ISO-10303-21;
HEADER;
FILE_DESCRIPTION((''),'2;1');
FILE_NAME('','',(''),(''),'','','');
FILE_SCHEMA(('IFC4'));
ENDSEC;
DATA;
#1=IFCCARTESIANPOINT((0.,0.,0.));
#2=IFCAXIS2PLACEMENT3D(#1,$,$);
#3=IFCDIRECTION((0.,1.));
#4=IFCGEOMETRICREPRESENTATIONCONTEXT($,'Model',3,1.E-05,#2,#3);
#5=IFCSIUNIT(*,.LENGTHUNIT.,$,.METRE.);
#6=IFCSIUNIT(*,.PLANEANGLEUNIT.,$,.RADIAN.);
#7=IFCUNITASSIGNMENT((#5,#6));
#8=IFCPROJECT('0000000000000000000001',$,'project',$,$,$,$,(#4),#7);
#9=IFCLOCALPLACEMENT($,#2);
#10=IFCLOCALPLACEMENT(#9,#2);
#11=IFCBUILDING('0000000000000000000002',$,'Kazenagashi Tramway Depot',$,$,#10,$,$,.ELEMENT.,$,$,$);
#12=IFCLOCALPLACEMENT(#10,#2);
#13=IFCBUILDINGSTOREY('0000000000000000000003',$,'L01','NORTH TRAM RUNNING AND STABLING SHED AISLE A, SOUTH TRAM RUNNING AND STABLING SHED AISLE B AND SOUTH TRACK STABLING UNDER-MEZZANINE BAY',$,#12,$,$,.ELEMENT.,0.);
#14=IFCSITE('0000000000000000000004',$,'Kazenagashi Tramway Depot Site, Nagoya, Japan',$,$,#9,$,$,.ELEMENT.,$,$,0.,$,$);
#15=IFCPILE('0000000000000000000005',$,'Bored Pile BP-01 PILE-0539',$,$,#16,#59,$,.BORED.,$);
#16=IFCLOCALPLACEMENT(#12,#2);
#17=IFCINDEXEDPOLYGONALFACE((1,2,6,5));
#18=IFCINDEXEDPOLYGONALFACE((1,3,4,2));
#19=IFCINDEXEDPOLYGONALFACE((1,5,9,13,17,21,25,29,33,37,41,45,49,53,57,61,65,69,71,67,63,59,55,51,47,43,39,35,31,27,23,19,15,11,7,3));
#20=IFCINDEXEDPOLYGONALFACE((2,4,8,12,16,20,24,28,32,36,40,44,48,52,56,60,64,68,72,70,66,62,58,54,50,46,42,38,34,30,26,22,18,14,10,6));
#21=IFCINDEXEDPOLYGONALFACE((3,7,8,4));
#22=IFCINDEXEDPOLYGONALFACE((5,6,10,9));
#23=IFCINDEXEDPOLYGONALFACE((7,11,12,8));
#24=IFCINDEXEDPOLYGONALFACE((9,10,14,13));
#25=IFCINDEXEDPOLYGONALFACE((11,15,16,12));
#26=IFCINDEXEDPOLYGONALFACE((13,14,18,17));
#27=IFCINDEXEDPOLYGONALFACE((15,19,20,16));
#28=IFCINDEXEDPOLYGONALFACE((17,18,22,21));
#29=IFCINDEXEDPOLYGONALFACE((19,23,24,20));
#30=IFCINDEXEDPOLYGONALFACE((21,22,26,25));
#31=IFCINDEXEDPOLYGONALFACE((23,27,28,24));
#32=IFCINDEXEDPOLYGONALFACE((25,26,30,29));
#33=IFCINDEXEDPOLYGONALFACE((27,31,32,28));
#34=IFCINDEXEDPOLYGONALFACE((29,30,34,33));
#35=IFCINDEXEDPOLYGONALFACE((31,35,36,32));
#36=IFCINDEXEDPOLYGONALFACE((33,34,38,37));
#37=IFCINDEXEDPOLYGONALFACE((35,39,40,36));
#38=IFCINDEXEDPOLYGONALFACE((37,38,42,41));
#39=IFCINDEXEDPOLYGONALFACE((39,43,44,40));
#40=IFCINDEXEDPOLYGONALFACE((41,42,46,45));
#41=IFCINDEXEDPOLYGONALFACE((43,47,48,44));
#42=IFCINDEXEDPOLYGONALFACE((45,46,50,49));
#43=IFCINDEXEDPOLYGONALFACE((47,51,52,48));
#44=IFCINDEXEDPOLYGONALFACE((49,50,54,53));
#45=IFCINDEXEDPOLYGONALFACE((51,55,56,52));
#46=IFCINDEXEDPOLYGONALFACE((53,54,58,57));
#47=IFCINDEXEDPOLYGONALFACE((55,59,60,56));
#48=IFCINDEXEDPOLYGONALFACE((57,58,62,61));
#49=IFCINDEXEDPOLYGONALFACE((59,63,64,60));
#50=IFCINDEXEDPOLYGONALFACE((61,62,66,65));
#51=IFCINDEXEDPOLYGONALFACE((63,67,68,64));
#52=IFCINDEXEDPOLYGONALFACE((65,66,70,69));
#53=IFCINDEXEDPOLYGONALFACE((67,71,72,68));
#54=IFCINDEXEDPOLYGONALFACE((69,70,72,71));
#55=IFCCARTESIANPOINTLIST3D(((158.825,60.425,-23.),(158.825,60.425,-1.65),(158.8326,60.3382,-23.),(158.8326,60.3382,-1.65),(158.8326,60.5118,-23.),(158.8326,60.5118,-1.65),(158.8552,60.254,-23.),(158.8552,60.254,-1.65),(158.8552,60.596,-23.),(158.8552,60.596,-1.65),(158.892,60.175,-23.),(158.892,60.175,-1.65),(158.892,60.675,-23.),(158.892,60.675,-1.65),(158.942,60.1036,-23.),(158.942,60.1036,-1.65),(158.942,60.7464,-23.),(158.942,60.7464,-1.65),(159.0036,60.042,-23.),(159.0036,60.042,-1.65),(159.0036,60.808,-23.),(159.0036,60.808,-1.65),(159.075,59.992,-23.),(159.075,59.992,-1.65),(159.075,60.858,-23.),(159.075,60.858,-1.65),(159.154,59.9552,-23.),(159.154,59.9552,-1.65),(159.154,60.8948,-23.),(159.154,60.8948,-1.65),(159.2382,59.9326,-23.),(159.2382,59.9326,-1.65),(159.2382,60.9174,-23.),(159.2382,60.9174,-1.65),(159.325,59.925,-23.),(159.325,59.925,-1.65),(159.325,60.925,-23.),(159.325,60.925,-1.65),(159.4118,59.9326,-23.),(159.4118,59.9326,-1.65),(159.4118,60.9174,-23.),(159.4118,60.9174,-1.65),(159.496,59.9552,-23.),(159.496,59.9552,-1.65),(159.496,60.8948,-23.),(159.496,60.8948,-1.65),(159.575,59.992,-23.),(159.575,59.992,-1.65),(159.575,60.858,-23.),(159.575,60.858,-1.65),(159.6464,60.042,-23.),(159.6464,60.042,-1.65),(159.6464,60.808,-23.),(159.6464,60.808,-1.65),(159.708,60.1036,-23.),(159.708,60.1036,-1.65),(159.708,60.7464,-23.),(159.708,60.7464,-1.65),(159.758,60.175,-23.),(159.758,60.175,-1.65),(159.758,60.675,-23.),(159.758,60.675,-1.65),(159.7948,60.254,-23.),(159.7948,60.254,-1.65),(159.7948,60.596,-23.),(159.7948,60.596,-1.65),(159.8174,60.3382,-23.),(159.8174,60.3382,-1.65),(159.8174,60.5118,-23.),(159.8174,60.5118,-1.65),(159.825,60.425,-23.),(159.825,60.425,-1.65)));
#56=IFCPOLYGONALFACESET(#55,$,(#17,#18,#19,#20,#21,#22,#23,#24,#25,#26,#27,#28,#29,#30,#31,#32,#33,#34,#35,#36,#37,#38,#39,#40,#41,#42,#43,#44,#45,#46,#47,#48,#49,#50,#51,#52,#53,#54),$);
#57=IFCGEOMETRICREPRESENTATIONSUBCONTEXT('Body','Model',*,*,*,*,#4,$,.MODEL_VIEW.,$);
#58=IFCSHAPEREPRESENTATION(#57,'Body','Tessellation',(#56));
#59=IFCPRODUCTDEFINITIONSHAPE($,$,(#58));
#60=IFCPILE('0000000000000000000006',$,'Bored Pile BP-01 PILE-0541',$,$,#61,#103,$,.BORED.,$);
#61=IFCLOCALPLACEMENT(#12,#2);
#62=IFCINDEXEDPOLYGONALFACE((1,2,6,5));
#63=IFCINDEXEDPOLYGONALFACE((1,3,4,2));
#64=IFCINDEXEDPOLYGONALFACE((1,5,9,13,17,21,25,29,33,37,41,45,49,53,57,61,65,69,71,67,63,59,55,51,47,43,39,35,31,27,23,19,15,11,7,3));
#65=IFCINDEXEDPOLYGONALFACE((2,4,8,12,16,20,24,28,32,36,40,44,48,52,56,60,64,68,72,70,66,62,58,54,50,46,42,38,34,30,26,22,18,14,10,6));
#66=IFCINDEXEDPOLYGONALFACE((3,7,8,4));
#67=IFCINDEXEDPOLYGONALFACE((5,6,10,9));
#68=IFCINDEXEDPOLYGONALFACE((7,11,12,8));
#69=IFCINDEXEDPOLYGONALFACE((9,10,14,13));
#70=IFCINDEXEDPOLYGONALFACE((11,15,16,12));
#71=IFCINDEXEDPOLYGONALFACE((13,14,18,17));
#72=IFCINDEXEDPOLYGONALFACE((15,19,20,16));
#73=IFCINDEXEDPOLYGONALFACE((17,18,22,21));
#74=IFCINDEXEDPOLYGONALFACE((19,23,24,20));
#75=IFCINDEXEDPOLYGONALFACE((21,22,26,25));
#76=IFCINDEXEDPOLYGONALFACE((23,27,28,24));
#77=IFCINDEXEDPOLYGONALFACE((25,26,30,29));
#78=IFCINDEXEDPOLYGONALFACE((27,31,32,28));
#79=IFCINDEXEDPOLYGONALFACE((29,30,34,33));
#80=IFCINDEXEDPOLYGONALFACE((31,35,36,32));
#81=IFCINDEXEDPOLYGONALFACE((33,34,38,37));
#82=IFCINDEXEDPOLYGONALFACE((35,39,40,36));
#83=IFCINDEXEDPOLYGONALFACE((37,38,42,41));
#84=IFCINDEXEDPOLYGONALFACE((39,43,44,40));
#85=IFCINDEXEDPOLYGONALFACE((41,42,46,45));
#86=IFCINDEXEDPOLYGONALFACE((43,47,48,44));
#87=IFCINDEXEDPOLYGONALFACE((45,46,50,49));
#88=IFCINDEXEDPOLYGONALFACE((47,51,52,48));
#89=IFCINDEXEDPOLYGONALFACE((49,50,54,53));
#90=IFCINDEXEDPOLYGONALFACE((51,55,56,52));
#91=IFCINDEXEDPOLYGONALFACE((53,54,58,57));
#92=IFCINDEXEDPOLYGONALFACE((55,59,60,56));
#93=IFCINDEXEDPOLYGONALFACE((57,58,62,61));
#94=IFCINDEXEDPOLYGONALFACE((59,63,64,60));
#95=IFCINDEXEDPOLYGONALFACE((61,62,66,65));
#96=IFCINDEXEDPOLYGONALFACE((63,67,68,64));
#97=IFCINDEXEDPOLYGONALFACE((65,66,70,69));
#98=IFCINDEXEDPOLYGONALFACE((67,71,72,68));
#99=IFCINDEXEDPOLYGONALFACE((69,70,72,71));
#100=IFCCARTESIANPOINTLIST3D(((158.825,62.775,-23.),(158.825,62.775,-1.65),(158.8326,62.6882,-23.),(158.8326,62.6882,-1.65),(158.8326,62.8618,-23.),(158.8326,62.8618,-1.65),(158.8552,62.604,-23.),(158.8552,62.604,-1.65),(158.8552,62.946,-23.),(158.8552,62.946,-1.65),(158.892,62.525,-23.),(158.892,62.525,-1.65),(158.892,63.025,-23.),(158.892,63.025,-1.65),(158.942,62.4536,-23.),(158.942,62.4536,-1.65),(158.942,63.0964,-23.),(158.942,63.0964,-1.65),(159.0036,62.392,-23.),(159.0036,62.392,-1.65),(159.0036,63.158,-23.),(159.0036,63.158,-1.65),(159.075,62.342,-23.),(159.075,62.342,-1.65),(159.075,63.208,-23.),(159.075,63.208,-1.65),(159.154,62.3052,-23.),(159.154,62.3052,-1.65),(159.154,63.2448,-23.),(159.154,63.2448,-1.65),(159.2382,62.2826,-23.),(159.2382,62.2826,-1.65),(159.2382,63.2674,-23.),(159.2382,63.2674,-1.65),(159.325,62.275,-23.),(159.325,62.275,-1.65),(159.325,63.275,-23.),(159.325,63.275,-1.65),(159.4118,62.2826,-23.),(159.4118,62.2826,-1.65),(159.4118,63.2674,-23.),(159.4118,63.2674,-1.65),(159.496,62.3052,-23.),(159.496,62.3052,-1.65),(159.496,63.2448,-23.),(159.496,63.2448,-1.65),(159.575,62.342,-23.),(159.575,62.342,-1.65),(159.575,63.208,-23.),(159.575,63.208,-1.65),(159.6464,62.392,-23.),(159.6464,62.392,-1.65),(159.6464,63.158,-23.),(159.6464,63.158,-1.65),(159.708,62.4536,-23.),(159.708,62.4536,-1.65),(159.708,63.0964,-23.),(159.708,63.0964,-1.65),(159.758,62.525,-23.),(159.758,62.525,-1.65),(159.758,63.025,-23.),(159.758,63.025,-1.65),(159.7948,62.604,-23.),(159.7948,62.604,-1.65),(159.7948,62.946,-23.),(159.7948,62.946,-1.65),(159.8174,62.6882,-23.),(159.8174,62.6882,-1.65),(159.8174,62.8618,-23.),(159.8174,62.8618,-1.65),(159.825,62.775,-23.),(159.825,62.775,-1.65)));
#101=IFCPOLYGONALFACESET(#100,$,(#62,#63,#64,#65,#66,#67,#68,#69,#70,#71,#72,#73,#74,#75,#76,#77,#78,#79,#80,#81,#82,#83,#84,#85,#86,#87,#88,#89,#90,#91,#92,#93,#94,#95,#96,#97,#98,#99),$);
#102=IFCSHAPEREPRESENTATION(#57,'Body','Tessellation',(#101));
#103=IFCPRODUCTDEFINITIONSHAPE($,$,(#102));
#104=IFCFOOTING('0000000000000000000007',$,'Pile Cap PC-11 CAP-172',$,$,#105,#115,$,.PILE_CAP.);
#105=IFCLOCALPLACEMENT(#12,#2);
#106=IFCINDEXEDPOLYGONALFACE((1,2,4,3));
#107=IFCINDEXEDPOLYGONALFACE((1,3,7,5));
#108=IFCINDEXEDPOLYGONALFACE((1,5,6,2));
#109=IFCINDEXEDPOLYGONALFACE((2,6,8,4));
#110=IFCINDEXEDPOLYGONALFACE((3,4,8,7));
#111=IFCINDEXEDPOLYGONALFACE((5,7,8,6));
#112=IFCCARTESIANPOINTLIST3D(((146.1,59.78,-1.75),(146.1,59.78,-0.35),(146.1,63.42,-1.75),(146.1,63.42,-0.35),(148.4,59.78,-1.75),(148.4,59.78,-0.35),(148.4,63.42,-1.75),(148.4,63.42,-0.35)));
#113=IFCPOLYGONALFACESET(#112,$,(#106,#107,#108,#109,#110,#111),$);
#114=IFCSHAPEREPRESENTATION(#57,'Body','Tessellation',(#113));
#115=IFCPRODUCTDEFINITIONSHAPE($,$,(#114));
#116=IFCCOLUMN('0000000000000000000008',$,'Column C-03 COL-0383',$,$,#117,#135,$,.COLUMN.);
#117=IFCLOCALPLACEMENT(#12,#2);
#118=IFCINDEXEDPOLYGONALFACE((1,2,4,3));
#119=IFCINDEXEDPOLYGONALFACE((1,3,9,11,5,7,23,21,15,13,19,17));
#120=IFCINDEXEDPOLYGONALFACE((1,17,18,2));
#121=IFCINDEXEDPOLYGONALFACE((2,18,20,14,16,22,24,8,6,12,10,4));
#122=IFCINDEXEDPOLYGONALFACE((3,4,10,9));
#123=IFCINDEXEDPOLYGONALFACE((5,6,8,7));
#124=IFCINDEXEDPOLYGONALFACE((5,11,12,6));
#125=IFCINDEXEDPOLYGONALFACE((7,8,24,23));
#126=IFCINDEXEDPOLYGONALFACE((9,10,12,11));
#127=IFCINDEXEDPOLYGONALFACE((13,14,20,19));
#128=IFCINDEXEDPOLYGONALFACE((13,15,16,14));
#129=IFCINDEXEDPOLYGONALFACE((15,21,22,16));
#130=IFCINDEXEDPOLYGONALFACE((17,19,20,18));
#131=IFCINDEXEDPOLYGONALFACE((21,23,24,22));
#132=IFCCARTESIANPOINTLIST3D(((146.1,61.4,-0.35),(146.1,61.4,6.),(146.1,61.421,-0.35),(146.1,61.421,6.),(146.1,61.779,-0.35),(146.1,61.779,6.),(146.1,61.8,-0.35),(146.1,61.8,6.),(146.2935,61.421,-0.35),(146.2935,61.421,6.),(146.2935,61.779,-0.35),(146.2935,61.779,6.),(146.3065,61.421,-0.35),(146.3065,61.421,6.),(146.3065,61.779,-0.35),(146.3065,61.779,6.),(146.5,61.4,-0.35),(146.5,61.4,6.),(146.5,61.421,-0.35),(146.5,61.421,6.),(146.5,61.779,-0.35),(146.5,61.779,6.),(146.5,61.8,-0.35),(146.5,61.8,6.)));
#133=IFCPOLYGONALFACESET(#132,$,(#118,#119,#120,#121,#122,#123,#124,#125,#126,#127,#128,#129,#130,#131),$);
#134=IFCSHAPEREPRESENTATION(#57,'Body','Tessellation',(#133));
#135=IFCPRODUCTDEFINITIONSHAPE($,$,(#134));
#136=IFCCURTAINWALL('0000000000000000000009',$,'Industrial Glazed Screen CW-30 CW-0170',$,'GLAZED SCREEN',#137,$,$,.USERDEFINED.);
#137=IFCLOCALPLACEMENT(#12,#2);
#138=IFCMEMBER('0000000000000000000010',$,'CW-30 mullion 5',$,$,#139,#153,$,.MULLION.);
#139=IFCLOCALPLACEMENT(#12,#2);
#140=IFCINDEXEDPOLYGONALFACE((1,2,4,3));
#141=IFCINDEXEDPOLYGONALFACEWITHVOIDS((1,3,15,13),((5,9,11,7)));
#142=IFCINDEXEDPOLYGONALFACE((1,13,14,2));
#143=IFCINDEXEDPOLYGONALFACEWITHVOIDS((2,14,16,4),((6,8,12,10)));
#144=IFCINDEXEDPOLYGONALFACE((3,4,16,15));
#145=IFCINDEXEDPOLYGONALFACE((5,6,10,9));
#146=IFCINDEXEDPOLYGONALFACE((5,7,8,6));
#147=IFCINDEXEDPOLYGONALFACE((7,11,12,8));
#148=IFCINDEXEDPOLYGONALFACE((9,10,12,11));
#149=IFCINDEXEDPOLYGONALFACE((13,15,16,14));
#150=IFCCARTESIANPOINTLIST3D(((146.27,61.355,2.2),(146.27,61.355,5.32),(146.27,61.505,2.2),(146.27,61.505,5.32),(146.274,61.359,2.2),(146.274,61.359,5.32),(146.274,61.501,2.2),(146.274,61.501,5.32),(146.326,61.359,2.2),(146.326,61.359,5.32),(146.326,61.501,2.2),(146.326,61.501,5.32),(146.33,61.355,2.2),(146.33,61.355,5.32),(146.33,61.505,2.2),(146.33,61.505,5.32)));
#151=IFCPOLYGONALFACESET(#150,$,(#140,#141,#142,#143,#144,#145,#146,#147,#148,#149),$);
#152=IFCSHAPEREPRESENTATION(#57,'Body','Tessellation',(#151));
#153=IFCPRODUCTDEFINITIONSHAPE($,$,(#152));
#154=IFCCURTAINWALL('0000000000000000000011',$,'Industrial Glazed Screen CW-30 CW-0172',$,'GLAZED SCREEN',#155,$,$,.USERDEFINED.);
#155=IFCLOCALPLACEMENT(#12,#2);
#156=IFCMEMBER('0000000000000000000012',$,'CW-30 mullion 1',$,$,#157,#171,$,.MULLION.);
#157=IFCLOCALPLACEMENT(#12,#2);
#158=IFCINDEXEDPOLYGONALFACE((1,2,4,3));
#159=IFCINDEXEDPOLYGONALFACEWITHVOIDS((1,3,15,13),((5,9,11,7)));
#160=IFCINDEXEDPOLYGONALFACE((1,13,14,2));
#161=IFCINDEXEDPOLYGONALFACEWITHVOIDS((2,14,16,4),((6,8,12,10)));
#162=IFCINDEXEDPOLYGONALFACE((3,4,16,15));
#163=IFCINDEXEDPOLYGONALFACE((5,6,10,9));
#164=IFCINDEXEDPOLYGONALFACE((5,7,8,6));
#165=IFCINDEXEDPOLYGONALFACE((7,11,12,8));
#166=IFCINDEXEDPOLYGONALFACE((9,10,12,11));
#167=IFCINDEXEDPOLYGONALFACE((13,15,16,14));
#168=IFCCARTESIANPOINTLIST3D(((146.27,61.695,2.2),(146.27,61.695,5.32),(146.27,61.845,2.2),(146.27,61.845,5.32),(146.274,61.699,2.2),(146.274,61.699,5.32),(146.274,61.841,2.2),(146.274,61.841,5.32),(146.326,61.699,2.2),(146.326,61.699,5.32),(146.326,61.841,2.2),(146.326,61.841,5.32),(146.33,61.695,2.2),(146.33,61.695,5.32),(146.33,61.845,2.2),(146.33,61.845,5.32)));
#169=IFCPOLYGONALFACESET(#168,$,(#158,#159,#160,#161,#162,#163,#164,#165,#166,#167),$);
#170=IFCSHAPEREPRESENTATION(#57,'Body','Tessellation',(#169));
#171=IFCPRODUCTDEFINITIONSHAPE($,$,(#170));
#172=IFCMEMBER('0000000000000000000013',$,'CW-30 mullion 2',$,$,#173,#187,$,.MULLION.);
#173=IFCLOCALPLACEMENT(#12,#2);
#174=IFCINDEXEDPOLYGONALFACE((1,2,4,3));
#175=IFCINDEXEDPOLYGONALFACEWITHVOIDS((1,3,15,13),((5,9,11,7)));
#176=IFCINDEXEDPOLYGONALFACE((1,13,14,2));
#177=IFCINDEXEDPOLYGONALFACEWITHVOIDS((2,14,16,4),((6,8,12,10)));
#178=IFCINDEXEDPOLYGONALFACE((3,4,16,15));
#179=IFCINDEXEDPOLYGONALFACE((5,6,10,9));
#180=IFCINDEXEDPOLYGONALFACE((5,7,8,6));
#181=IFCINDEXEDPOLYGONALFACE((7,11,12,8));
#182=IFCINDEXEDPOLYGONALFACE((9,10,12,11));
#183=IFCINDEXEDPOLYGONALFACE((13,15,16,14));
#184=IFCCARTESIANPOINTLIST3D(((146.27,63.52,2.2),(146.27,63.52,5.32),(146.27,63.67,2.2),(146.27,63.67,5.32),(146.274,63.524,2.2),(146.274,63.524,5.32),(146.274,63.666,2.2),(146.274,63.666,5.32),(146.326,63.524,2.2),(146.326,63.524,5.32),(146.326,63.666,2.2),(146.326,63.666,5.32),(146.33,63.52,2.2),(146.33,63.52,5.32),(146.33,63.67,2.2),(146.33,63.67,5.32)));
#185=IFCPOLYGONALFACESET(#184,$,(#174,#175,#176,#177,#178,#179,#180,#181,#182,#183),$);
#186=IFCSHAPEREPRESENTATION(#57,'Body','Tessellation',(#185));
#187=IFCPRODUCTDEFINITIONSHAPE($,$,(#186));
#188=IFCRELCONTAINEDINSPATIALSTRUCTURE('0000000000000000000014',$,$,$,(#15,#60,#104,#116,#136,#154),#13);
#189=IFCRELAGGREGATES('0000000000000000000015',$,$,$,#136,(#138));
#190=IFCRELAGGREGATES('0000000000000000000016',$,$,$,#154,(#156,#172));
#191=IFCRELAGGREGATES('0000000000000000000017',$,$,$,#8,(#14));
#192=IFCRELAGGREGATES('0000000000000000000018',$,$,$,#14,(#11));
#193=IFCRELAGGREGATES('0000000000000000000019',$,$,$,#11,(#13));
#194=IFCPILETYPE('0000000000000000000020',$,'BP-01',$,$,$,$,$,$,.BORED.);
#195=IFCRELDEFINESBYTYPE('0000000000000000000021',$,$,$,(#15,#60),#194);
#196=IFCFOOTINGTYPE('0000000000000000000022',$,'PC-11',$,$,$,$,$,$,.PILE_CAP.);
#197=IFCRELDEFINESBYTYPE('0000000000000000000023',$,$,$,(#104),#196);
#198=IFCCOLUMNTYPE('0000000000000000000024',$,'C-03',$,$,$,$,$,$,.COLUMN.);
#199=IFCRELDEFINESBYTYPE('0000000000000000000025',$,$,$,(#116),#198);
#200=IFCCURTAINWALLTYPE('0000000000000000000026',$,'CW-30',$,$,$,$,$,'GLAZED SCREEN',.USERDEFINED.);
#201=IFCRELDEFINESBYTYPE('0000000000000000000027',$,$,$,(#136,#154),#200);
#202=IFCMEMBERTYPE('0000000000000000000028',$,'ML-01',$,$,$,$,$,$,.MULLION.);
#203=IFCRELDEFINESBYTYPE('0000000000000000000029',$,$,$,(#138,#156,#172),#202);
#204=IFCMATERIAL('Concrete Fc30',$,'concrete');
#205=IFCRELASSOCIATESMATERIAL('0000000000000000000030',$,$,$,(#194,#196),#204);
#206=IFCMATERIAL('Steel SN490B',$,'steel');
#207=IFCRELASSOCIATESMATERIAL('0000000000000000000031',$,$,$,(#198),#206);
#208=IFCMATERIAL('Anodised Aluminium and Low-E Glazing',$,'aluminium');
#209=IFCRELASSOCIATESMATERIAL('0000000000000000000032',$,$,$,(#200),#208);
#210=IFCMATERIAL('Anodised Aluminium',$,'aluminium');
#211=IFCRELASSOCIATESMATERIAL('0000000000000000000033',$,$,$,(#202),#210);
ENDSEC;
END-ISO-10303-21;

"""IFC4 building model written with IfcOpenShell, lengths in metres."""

from ifc_helpers import new_model, si_unit, direction, frame, origin, origin_2d, place, context, subcontext, project, spatial, rectangle, hollow_rectangle, circle, i_section, extrude, material, material_profile, profile_set, type_object, element, aggregate, save


model = new_model("IFC4")

# Units and contexts
model_context = context("Model", 3, precision=1e-05, world=origin(), true_north=direction((0.0, 1.0)))
body_context = subcontext(model_context, "Body", "Model", "MODEL_VIEW")
ifc_project = project(units=[si_unit("LENGTHUNIT", "METRE"), si_unit("PLANEANGLEUNIT", "RADIAN")], contexts=[model_context])

# Site, building, storey
site_placement = place(None, origin())
site = spatial("IfcSite", under=ifc_project, at=site_placement, Name="Kazenagashi Tramway Depot Site, Nagoya, Japan", CompositionType="ELEMENT", RefElevation=0.0)
building_placement = place(site_placement, origin())
building = spatial("IfcBuilding", under=site, at=building_placement, Name="Kazenagashi Tramway Depot", CompositionType="ELEMENT")
storey_placement = place(building_placement, origin())
storey = spatial("IfcBuildingStorey", under=building, at=storey_placement, Name="L01", Description="NORTH TRAM RUNNING AND STABLING SHED AISLE A, SOUTH TRAM RUNNING AND STABLING SHED AISLE B AND SOUTH TRACK STABLING UNDER-MEZZANINE BAY", CompositionType="ELEMENT", Elevation=0.0)

# Piles
ifc_material_1 = material(Name="Concrete Fc30", Category="concrete")
ifc_material_profile_1 = material_profile(ifc_material_1, circle(Radius=0.5, at=origin_2d()), Name="PILE-1000")
ifc_profile_set_1 = profile_set([ifc_material_profile_1], Name="Concrete Fc30")
pile_type = type_object("IfcPileType", Name="BP-01", PredefinedType="BORED", material=ifc_profile_set_1)
for number, where, z_axis, x_axis, name in (
    (1, (159.325, 60.425, -1.65), (0.0, 0.0, -1.0), (1.0, 0.0, 0.0), "Bored Pile BP-01 PILE-0539"),
    (2, (159.325, 62.775, -1.65), (0.0, 0.0, -1.0), (1.0, 0.0, 0.0), "Bored Pile BP-01 PILE-0541"),
):
    element("IfcPile", number, at=place(storey_placement, frame(where, z_axis=z_axis, x_axis=x_axis)), inside=storey, type_object=pile_type, Name=name, PredefinedType="BORED", context=body_context, shape_type="SweptSolid", body=[
        extrude(circle(Radius=0.5, at=origin_2d()), origin(), (0.0, 0.0, 1.0), 21.35),
    ])

# Footing
footing_type = type_object("IfcFootingType", Name="PC-11", PredefinedType="PILE_CAP", material=ifc_material_1)
footing_placement = place(storey_placement, frame((147.25, 61.6, -1.75), z_axis=(0.0, 0.0, 1.0), x_axis=(1.0, 0.0, 0.0)))
element("IfcFooting", 3, at=footing_placement, inside=storey, type_object=footing_type, Name="Pile Cap PC-11 CAP-172", PredefinedType="PILE_CAP", context=body_context, shape_type="SweptSolid", body=[
    extrude(rectangle(XDim=2.3, YDim=3.64, at=origin_2d()), origin(), (0.0, 0.0, 1.0), 1.4),
])

# Column
ifc_material_2 = material(Name="Steel SN490B", Category="steel")
ifc_material_profile_2 = material_profile(ifc_material_2, i_section(OverallWidth=0.4, OverallDepth=0.4, WebThickness=0.013, FlangeThickness=0.021, at=origin_2d()), Name="H-400x400x13x21")
ifc_profile_set_2 = profile_set([ifc_material_profile_2], Name="Steel SN490B")
column_type = type_object("IfcColumnType", Name="C-03", PredefinedType="COLUMN", material=ifc_profile_set_2)
column_placement = place(storey_placement, frame((146.3, 61.6, -0.35), z_axis=(0.0, 0.0, 1.0), x_axis=(1.0, 0.0, 0.0)))
element("IfcColumn", 4, at=column_placement, inside=storey, type_object=column_type, Name="Column C-03 COL-0383", PredefinedType="COLUMN", context=body_context, shape_type="SweptSolid", body=[
    extrude(i_section(OverallWidth=0.4, OverallDepth=0.4, WebThickness=0.013, FlangeThickness=0.021, at=origin_2d()), origin(), (0.0, 0.0, 1.0), 6.35),
])

# Curtain wall, member
ifc_material_3 = material(Name="Anodised Aluminium and Low-E Glazing", Category="aluminium")
curtain_wall_type = type_object("IfcCurtainWallType", Name="CW-30", ElementType="GLAZED SCREEN", PredefinedType="USERDEFINED", material=ifc_material_3)
curtain_wall_1_placement = place(storey_placement, origin())
curtain_wall_1 = element("IfcCurtainWall", 5, at=curtain_wall_1_placement, inside=storey, type_object=curtain_wall_type, Name="Industrial Glazed Screen CW-30 CW-0170", ObjectType="GLAZED SCREEN", PredefinedType="USERDEFINED")
ifc_material_4 = material(Name="Anodised Aluminium", Category="aluminium")
ifc_material_profile_3 = material_profile(ifc_material_4, hollow_rectangle(XDim=0.06, YDim=0.15, WallThickness=0.004, at=origin_2d()), Name="RHS-150x60x4")
ifc_profile_set_3 = profile_set([ifc_material_profile_3], Name="Anodised Aluminium")
member_type_1 = type_object("IfcMemberType", Name="ML-01", PredefinedType="MULLION", material=ifc_profile_set_3)
member_1_placement = place(storey_placement, frame((146.3, 61.43, 2.2), z_axis=(0.0, 0.0, 1.0), x_axis=(-1.0, 0.0, 0.0)))
member_1 = element("IfcMember", 6, at=member_1_placement, type_object=member_type_1, Name="CW-30 mullion 5", PredefinedType="MULLION", context=body_context, shape_type="SweptSolid", body=[
    extrude(hollow_rectangle(XDim=0.06, YDim=0.15, WallThickness=0.004, at=origin_2d()), origin(), (0.0, 0.0, 1.0), 3.12),
])

# Curtain wall, members
curtain_wall_2_placement = place(storey_placement, origin())
curtain_wall_2 = element("IfcCurtainWall", 7, at=curtain_wall_2_placement, inside=storey, type_object=curtain_wall_type, Name="Industrial Glazed Screen CW-30 CW-0172", ObjectType="GLAZED SCREEN", PredefinedType="USERDEFINED")
member_2_placement = place(storey_placement, frame((146.3, 61.77, 2.2), z_axis=(0.0, 0.0, 1.0), x_axis=(-1.0, 0.0, 0.0)))
member_2 = element("IfcMember", 8, at=member_2_placement, type_object=member_type_1, Name="CW-30 mullion 1", PredefinedType="MULLION", context=body_context, shape_type="SweptSolid", body=[
    extrude(hollow_rectangle(XDim=0.06, YDim=0.15, WallThickness=0.004, at=origin_2d()), origin(), (0.0, 0.0, 1.0), 3.12),
])
member_3_placement = place(storey_placement, frame((146.3, 63.595, 2.2), z_axis=(0.0, 0.0, 1.0), x_axis=(-1.0, 0.0, 0.0)))
member_3 = element("IfcMember", 9, at=member_3_placement, type_object=member_type_1, Name="CW-30 mullion 2", PredefinedType="MULLION", context=body_context, shape_type="SweptSolid", body=[
    extrude(hollow_rectangle(XDim=0.06, YDim=0.15, WallThickness=0.004, at=origin_2d()), origin(), (0.0, 0.0, 1.0), 3.12),
])

aggregate(curtain_wall_1, [member_1])
aggregate(curtain_wall_2, [member_2, member_3])

save(model, "model.ifc")
